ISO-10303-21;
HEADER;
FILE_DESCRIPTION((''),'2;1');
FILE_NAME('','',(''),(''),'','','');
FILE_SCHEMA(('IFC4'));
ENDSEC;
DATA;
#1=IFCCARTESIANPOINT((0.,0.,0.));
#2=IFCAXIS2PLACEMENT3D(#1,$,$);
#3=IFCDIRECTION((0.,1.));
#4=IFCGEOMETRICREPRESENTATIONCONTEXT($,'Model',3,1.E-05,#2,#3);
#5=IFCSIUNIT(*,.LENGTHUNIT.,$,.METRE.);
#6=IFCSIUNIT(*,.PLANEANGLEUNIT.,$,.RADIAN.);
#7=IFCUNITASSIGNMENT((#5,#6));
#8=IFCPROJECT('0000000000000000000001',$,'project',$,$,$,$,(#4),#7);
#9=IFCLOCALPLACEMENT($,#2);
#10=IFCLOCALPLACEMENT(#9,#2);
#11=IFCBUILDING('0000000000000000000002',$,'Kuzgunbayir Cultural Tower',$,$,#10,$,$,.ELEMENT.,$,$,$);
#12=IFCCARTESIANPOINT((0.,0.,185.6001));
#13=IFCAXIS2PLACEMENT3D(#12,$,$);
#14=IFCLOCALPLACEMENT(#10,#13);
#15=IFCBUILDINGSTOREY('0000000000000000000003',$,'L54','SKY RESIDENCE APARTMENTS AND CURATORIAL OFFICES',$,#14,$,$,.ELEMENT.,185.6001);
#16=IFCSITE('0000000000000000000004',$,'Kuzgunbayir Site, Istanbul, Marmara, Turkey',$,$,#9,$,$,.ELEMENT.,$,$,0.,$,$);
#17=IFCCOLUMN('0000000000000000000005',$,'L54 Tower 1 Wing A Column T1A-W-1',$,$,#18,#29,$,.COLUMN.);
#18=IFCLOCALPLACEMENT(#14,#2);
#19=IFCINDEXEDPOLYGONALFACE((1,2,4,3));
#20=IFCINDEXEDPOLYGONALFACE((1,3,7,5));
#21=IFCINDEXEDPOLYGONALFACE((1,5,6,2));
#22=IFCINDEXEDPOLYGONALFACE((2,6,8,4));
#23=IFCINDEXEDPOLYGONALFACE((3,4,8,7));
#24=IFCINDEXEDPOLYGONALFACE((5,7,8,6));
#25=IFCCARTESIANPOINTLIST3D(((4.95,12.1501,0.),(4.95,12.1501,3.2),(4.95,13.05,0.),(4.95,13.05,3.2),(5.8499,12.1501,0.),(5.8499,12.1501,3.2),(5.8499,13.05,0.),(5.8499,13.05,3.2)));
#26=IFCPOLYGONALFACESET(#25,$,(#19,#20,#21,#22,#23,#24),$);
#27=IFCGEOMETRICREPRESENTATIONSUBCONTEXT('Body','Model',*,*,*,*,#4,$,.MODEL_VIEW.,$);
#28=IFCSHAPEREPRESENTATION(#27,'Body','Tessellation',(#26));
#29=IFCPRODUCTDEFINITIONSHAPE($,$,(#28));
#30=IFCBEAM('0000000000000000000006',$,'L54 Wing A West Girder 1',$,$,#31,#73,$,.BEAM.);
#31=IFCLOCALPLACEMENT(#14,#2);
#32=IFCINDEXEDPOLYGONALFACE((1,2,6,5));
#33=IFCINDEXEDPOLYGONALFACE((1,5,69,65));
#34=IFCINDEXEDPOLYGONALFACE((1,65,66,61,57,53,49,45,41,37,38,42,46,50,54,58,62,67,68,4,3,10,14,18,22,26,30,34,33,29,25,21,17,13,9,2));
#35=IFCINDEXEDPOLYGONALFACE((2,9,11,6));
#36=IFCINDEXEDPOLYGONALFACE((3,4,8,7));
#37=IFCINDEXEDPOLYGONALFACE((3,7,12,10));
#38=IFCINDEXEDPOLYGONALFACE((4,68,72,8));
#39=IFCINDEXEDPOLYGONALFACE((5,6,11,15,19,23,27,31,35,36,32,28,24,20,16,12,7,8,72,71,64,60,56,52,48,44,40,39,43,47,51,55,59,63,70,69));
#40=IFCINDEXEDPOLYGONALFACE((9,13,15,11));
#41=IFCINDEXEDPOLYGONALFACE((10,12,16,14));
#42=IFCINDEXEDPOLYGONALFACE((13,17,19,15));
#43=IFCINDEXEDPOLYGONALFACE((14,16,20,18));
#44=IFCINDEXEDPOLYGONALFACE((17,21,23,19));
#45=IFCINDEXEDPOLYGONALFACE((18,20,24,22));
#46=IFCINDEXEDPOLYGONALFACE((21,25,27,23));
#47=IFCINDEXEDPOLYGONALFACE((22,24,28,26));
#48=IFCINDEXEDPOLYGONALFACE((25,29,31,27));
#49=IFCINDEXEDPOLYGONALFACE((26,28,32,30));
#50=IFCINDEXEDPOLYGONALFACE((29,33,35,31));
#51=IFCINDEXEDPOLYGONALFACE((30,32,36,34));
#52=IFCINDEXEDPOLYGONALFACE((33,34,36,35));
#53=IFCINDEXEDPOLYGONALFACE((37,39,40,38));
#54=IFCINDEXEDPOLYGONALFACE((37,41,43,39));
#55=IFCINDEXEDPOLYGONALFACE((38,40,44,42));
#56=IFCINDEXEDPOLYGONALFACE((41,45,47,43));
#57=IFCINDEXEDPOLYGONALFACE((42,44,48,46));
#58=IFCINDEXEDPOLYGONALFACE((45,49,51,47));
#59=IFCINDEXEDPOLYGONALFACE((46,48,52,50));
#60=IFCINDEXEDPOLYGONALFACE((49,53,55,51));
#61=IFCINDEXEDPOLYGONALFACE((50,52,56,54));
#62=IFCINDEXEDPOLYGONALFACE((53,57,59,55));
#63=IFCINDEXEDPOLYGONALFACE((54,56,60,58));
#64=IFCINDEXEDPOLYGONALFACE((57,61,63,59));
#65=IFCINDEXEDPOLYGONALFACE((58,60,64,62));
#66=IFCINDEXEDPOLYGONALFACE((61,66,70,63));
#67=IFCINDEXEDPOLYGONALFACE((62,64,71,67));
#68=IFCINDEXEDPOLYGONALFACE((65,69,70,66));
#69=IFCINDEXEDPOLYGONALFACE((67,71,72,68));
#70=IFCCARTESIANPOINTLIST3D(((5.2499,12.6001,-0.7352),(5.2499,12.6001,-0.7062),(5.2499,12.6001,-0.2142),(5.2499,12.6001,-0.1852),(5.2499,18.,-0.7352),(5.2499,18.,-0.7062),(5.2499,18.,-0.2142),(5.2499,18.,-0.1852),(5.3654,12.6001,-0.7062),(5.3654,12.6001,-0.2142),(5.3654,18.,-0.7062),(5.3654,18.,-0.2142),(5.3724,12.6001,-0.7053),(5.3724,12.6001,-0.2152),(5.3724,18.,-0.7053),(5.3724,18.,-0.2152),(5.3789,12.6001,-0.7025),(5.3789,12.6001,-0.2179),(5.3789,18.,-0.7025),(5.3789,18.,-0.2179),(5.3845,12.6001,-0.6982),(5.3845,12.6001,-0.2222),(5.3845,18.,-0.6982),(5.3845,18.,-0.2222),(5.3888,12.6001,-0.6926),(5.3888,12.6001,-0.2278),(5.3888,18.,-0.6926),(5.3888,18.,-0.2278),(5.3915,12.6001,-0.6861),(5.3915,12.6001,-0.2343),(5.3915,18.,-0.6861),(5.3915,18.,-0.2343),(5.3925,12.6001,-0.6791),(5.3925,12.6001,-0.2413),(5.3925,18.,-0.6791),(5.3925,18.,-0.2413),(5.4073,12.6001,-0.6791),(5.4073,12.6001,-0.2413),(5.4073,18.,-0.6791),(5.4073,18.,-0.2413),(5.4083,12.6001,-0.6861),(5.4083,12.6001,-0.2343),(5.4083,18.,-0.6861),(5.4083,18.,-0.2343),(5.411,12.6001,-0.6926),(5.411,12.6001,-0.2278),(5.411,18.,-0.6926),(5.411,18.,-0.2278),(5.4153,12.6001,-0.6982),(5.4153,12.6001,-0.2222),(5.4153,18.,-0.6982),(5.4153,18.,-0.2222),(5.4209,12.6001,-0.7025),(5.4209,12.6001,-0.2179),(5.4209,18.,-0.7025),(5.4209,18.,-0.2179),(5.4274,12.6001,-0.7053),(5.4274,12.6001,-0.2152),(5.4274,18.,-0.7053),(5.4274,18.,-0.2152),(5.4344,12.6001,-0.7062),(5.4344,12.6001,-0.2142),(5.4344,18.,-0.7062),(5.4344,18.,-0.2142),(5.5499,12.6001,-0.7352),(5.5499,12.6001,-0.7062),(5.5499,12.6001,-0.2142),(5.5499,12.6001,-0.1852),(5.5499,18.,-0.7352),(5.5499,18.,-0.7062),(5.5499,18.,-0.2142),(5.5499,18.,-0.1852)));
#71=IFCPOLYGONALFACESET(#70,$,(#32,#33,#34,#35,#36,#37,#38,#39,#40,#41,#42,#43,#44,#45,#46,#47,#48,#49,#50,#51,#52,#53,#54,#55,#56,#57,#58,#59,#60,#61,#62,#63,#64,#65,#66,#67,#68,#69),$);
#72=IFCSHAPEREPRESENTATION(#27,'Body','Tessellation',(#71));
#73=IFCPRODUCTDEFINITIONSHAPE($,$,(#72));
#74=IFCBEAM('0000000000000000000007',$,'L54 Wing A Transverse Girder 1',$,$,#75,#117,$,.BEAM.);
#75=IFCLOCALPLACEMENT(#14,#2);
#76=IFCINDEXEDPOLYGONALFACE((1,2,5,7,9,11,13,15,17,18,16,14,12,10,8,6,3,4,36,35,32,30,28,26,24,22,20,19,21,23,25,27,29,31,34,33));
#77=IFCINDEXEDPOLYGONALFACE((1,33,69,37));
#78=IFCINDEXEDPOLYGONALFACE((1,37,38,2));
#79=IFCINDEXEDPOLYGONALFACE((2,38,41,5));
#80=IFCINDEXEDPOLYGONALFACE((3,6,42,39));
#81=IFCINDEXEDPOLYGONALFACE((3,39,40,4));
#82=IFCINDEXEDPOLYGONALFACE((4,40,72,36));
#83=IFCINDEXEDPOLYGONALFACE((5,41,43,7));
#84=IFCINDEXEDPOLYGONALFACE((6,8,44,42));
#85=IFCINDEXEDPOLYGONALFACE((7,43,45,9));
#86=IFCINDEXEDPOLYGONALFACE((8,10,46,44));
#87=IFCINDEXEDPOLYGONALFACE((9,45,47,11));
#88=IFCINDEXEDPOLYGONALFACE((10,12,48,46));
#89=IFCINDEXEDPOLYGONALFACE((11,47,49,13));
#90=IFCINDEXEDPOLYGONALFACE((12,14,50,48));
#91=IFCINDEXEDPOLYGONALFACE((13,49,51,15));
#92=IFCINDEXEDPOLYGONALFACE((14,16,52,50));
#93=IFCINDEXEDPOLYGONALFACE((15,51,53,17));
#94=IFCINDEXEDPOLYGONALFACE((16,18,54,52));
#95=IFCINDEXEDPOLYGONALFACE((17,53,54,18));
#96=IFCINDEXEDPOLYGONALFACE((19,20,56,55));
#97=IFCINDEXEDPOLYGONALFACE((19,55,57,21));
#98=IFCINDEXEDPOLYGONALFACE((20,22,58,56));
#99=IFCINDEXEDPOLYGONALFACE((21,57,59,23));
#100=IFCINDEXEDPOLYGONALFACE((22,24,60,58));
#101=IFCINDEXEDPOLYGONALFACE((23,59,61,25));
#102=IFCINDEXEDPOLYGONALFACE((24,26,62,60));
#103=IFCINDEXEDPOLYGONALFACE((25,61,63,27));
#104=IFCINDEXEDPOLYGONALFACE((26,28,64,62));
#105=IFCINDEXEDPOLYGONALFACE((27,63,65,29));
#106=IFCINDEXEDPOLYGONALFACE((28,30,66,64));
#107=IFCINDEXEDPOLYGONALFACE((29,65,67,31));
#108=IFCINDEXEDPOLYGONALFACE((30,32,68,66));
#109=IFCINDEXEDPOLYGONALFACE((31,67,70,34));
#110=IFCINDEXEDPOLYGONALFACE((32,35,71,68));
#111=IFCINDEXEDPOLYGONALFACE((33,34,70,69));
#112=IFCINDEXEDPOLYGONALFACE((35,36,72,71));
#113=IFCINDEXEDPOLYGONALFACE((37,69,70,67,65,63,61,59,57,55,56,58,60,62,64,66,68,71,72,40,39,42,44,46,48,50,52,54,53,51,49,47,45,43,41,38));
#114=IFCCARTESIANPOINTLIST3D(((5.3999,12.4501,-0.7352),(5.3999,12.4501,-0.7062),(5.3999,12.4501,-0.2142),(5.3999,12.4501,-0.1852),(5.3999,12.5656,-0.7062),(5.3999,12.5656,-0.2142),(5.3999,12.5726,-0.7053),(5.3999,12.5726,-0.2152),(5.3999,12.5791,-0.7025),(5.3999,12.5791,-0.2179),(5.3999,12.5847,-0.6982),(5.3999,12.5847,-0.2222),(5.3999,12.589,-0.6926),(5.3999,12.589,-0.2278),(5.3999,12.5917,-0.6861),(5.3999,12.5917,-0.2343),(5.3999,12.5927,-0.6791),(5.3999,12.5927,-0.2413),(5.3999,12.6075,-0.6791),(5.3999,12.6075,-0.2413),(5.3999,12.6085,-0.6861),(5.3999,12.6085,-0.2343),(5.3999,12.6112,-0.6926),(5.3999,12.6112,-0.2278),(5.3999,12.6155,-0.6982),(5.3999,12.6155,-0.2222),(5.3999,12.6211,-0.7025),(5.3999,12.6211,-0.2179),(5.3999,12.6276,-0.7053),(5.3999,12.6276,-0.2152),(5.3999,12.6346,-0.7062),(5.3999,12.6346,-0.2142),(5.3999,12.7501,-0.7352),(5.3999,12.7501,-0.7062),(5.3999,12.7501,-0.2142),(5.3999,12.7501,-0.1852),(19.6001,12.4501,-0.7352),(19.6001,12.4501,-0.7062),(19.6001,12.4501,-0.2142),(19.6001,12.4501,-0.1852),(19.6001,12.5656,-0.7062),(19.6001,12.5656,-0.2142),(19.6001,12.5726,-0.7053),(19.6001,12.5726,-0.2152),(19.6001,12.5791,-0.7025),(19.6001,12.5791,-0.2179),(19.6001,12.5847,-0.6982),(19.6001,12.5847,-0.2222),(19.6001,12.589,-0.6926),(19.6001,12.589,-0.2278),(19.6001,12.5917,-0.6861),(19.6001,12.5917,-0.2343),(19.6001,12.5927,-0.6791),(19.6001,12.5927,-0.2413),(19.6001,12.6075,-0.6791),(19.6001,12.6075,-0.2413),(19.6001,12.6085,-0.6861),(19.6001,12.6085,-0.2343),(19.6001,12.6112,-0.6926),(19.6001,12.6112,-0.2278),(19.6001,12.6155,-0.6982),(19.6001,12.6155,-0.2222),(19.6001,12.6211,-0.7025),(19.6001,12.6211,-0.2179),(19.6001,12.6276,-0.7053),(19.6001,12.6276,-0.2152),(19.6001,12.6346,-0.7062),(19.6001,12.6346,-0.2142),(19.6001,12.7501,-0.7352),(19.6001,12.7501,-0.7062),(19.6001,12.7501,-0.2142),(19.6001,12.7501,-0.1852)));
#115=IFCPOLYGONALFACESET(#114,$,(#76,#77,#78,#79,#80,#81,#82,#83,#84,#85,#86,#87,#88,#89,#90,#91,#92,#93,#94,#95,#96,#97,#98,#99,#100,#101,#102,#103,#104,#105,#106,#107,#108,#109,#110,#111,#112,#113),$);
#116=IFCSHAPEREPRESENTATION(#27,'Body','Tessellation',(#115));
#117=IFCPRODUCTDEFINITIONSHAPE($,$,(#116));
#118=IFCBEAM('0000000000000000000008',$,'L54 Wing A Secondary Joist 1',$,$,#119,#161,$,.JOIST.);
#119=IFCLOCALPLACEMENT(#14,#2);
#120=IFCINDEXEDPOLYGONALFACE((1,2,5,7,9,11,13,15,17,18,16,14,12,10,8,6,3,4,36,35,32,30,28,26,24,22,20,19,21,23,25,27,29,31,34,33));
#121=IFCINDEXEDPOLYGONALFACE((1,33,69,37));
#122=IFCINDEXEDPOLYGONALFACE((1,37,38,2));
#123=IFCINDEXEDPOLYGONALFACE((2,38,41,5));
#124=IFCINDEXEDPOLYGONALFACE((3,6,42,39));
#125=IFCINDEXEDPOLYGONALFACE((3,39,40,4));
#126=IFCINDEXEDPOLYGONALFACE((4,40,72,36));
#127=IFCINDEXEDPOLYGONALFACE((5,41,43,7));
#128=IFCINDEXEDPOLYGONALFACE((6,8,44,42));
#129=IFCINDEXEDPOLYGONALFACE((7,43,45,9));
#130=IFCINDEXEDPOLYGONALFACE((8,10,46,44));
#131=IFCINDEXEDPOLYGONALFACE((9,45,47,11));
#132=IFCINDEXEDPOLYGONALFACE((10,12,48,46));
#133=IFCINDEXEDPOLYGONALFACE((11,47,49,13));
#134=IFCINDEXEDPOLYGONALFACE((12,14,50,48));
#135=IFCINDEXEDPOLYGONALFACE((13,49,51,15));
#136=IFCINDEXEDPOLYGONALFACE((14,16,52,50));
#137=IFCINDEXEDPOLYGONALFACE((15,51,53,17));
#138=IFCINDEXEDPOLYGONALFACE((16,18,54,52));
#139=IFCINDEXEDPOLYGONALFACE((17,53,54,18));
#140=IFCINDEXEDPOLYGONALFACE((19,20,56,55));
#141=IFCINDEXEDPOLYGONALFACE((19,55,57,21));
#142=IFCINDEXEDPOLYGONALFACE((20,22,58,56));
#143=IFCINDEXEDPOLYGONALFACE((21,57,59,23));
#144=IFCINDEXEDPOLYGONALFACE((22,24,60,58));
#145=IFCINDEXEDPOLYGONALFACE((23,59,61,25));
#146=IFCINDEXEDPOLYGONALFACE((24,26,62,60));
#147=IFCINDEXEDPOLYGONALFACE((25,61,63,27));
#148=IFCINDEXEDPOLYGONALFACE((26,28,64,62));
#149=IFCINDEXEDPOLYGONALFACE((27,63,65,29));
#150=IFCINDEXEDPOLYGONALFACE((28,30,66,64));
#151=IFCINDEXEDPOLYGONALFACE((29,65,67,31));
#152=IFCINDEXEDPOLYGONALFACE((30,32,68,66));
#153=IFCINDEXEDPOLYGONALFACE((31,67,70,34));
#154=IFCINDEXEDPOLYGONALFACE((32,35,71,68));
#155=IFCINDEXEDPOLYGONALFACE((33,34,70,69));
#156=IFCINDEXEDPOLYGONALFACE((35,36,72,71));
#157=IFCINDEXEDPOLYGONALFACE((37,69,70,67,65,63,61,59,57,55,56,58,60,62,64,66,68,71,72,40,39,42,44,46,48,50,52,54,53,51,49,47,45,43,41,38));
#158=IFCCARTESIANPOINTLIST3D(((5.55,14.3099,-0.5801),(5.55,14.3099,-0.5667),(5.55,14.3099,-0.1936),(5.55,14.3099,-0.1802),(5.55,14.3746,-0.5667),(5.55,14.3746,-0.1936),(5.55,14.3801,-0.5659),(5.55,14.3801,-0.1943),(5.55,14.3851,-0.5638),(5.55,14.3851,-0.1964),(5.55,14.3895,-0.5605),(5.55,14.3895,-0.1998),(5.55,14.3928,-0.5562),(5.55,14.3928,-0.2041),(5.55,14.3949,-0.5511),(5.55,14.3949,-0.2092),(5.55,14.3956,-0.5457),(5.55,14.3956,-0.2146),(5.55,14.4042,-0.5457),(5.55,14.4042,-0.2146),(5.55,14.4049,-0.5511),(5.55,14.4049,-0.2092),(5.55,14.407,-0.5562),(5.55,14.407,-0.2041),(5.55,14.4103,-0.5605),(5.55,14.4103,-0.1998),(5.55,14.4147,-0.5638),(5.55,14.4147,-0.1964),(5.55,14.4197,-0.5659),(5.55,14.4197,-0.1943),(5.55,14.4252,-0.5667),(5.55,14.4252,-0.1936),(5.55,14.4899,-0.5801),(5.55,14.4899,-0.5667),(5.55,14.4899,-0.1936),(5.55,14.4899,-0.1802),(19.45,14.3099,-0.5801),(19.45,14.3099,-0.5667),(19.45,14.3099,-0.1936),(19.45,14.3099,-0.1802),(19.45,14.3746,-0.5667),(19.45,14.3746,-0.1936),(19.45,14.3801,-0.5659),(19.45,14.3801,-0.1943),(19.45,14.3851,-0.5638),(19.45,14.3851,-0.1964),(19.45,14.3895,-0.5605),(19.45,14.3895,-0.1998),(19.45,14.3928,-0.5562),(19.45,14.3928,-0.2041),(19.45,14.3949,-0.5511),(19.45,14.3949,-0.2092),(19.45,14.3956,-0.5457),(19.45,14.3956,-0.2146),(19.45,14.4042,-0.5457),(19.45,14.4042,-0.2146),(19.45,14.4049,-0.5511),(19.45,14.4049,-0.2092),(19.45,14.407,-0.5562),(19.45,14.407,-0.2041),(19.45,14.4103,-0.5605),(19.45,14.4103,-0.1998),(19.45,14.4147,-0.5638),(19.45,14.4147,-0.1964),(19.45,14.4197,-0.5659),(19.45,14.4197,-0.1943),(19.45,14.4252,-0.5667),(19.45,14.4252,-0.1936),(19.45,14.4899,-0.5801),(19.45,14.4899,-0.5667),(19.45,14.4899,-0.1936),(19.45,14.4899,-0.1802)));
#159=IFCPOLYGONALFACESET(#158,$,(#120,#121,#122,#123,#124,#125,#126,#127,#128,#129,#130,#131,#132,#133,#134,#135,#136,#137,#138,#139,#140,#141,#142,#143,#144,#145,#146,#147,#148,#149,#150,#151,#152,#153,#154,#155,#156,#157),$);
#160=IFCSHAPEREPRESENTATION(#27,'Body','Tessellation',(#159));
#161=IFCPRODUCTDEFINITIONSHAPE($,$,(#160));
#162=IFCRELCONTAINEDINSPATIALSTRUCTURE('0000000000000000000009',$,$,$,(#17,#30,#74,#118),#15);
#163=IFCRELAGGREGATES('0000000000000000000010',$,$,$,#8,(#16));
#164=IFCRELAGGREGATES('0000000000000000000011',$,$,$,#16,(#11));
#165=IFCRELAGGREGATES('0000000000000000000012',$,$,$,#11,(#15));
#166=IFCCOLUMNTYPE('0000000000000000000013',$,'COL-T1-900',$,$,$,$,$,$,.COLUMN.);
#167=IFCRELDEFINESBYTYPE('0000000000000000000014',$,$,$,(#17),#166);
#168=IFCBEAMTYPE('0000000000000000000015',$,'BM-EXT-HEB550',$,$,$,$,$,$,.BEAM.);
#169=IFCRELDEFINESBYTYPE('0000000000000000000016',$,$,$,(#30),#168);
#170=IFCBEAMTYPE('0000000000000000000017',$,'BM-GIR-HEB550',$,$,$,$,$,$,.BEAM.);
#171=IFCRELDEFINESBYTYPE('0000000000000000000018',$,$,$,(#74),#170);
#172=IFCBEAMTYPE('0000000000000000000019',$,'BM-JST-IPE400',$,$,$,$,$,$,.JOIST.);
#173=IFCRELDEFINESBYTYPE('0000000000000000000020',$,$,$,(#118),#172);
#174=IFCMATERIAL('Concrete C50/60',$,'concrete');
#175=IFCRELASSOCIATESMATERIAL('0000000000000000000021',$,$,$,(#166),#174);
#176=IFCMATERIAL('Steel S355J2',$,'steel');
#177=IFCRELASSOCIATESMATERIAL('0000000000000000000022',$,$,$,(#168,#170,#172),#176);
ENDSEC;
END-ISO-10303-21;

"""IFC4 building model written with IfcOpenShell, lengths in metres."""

from ifc_helpers import new_model, si_unit, direction, frame, origin, origin_2d, place, context, subcontext, project, spatial, rectangle, i_section, extrude, material, material_profile, profile_set, type_object, element, save


model = new_model("IFC4")

# Units and contexts
model_context = context("Model", 3, precision=1e-05, world=origin(), true_north=direction((0.0, 1.0)))
body_context = subcontext(model_context, "Body", "Model", "MODEL_VIEW")
ifc_project = project(units=[si_unit("LENGTHUNIT", "METRE"), si_unit("PLANEANGLEUNIT", "RADIAN")], contexts=[model_context])

# Site, building, storey
site_placement = place(None, origin())
site = spatial("IfcSite", under=ifc_project, at=site_placement, Name="Kuzgunbayir Site, Istanbul, Marmara, Turkey", CompositionType="ELEMENT", RefElevation=0.0)
building_placement = place(site_placement, origin())
building = spatial("IfcBuilding", under=site, at=building_placement, Name="Kuzgunbayir Cultural Tower", CompositionType="ELEMENT")
storey_placement = place(building_placement, frame((0.0, 0.0, 185.6001)))
storey = spatial("IfcBuildingStorey", under=building, at=storey_placement, Name="L54", Description="SKY RESIDENCE APARTMENTS AND CURATORIAL OFFICES", CompositionType="ELEMENT", Elevation=185.6001)

# Column
ifc_material_1 = material(Name="Concrete C50/60", Category="concrete")
ifc_material_profile_1 = material_profile(ifc_material_1, rectangle(XDim=0.8999, YDim=0.8999, at=origin_2d()), Name="RC 900x900")
ifc_profile_set_1 = profile_set([ifc_material_profile_1], Name="Concrete C50/60")
column_type = type_object("IfcColumnType", Name="COL-T1-900", PredefinedType="COLUMN", material=ifc_profile_set_1)
column_placement = place(storey_placement, frame((5.3999, 12.6001, 0.0), z_axis=(0.0, 0.0, 1.0), x_axis=(1.0, 0.0, 0.0)))
element("IfcColumn", 1, at=column_placement, inside=storey, type_object=column_type, Name="L54 Tower 1 Wing A Column T1A-W-1", PredefinedType="COLUMN", context=body_context, shape_type="SweptSolid", body=[
    extrude(rectangle(XDim=0.8999, YDim=0.8999, at=origin_2d()), origin(), (0.0, 0.0, 1.0), 3.2),
])

# Beams
ifc_material_2 = material(Name="Steel S355J2", Category="steel")
ifc_material_profile_2 = material_profile(ifc_material_2, i_section(OverallWidth=0.3, OverallDepth=0.55, WebThickness=0.0149, FlangeThickness=0.0291, FilletRadius=0.0271, at=origin_2d()), Name="HEB 550")
ifc_profile_set_2 = profile_set([ifc_material_profile_2], Name="Steel S355J2")
beam_type_1 = type_object("IfcBeamType", Name="BM-EXT-HEB550", PredefinedType="BEAM", material=ifc_profile_set_2)
beam_1_placement = place(storey_placement, frame((5.3999, 12.6001, -0.4602), z_axis=(0.0, 1.0, 0.0), x_axis=(-1.0, 0.0, 0.0)))
element("IfcBeam", 2, at=beam_1_placement, inside=storey, type_object=beam_type_1, Name="L54 Wing A West Girder 1", PredefinedType="BEAM", context=body_context, shape_type="SweptSolid", body=[
    extrude(i_section(OverallWidth=0.3, OverallDepth=0.55, WebThickness=0.0149, FlangeThickness=0.0291, FilletRadius=0.0271, at=origin_2d()), origin(), (0.0, 0.0, 1.0), 5.3999),
])
ifc_material_profile_3 = material_profile(ifc_material_2, i_section(OverallWidth=0.3, OverallDepth=0.55, WebThickness=0.0149, FlangeThickness=0.0291, FilletRadius=0.0271, at=origin_2d()), Name="HEB 550")
ifc_profile_set_3 = profile_set([ifc_material_profile_3], Name="Steel S355J2")
beam_type_2 = type_object("IfcBeamType", Name="BM-GIR-HEB550", PredefinedType="BEAM", material=ifc_profile_set_3)
beam_2_placement = place(storey_placement, frame((5.3999, 12.6001, -0.4602), z_axis=(1.0, 0.0, 0.0), x_axis=(0.0, 1.0, 0.0)))
element("IfcBeam", 3, at=beam_2_placement, inside=storey, type_object=beam_type_2, Name="L54 Wing A Transverse Girder 1", PredefinedType="BEAM", context=body_context, shape_type="SweptSolid", body=[
    extrude(i_section(OverallWidth=0.3, OverallDepth=0.55, WebThickness=0.0149, FlangeThickness=0.0291, FilletRadius=0.0271, at=origin_2d()), origin(), (0.0, 0.0, 1.0), 14.2002),
])
ifc_material_profile_4 = material_profile(ifc_material_2, i_section(OverallWidth=0.1799, OverallDepth=0.3999, WebThickness=0.0085, FlangeThickness=0.0134, FilletRadius=0.021, at=origin_2d()), Name="IPE 400")
ifc_profile_set_4 = profile_set([ifc_material_profile_4], Name="Steel S355J2")
beam_type_3 = type_object("IfcBeamType", Name="BM-JST-IPE400", PredefinedType="JOIST", material=ifc_profile_set_4)
for number, where, z_axis, x_axis, name in (
    (4, (5.55, 14.3999, -0.3801), (1.0, 0.0, 0.0), (0.0, 1.0, 0.0), "L54 Wing A Secondary Joist 1"),
):
    element("IfcBeam", number, at=place(storey_placement, frame(where, z_axis=z_axis, x_axis=x_axis)), inside=storey, type_object=beam_type_3, Name=name, PredefinedType="JOIST", context=body_context, shape_type="SweptSolid", body=[
        extrude(i_section(OverallWidth=0.1799, OverallDepth=0.3999, WebThickness=0.0085, FlangeThickness=0.0134, FilletRadius=0.021, at=origin_2d()), origin(), (0.0, 0.0, 1.0), 13.8999),
    ])

save(model, "model.ifc")
